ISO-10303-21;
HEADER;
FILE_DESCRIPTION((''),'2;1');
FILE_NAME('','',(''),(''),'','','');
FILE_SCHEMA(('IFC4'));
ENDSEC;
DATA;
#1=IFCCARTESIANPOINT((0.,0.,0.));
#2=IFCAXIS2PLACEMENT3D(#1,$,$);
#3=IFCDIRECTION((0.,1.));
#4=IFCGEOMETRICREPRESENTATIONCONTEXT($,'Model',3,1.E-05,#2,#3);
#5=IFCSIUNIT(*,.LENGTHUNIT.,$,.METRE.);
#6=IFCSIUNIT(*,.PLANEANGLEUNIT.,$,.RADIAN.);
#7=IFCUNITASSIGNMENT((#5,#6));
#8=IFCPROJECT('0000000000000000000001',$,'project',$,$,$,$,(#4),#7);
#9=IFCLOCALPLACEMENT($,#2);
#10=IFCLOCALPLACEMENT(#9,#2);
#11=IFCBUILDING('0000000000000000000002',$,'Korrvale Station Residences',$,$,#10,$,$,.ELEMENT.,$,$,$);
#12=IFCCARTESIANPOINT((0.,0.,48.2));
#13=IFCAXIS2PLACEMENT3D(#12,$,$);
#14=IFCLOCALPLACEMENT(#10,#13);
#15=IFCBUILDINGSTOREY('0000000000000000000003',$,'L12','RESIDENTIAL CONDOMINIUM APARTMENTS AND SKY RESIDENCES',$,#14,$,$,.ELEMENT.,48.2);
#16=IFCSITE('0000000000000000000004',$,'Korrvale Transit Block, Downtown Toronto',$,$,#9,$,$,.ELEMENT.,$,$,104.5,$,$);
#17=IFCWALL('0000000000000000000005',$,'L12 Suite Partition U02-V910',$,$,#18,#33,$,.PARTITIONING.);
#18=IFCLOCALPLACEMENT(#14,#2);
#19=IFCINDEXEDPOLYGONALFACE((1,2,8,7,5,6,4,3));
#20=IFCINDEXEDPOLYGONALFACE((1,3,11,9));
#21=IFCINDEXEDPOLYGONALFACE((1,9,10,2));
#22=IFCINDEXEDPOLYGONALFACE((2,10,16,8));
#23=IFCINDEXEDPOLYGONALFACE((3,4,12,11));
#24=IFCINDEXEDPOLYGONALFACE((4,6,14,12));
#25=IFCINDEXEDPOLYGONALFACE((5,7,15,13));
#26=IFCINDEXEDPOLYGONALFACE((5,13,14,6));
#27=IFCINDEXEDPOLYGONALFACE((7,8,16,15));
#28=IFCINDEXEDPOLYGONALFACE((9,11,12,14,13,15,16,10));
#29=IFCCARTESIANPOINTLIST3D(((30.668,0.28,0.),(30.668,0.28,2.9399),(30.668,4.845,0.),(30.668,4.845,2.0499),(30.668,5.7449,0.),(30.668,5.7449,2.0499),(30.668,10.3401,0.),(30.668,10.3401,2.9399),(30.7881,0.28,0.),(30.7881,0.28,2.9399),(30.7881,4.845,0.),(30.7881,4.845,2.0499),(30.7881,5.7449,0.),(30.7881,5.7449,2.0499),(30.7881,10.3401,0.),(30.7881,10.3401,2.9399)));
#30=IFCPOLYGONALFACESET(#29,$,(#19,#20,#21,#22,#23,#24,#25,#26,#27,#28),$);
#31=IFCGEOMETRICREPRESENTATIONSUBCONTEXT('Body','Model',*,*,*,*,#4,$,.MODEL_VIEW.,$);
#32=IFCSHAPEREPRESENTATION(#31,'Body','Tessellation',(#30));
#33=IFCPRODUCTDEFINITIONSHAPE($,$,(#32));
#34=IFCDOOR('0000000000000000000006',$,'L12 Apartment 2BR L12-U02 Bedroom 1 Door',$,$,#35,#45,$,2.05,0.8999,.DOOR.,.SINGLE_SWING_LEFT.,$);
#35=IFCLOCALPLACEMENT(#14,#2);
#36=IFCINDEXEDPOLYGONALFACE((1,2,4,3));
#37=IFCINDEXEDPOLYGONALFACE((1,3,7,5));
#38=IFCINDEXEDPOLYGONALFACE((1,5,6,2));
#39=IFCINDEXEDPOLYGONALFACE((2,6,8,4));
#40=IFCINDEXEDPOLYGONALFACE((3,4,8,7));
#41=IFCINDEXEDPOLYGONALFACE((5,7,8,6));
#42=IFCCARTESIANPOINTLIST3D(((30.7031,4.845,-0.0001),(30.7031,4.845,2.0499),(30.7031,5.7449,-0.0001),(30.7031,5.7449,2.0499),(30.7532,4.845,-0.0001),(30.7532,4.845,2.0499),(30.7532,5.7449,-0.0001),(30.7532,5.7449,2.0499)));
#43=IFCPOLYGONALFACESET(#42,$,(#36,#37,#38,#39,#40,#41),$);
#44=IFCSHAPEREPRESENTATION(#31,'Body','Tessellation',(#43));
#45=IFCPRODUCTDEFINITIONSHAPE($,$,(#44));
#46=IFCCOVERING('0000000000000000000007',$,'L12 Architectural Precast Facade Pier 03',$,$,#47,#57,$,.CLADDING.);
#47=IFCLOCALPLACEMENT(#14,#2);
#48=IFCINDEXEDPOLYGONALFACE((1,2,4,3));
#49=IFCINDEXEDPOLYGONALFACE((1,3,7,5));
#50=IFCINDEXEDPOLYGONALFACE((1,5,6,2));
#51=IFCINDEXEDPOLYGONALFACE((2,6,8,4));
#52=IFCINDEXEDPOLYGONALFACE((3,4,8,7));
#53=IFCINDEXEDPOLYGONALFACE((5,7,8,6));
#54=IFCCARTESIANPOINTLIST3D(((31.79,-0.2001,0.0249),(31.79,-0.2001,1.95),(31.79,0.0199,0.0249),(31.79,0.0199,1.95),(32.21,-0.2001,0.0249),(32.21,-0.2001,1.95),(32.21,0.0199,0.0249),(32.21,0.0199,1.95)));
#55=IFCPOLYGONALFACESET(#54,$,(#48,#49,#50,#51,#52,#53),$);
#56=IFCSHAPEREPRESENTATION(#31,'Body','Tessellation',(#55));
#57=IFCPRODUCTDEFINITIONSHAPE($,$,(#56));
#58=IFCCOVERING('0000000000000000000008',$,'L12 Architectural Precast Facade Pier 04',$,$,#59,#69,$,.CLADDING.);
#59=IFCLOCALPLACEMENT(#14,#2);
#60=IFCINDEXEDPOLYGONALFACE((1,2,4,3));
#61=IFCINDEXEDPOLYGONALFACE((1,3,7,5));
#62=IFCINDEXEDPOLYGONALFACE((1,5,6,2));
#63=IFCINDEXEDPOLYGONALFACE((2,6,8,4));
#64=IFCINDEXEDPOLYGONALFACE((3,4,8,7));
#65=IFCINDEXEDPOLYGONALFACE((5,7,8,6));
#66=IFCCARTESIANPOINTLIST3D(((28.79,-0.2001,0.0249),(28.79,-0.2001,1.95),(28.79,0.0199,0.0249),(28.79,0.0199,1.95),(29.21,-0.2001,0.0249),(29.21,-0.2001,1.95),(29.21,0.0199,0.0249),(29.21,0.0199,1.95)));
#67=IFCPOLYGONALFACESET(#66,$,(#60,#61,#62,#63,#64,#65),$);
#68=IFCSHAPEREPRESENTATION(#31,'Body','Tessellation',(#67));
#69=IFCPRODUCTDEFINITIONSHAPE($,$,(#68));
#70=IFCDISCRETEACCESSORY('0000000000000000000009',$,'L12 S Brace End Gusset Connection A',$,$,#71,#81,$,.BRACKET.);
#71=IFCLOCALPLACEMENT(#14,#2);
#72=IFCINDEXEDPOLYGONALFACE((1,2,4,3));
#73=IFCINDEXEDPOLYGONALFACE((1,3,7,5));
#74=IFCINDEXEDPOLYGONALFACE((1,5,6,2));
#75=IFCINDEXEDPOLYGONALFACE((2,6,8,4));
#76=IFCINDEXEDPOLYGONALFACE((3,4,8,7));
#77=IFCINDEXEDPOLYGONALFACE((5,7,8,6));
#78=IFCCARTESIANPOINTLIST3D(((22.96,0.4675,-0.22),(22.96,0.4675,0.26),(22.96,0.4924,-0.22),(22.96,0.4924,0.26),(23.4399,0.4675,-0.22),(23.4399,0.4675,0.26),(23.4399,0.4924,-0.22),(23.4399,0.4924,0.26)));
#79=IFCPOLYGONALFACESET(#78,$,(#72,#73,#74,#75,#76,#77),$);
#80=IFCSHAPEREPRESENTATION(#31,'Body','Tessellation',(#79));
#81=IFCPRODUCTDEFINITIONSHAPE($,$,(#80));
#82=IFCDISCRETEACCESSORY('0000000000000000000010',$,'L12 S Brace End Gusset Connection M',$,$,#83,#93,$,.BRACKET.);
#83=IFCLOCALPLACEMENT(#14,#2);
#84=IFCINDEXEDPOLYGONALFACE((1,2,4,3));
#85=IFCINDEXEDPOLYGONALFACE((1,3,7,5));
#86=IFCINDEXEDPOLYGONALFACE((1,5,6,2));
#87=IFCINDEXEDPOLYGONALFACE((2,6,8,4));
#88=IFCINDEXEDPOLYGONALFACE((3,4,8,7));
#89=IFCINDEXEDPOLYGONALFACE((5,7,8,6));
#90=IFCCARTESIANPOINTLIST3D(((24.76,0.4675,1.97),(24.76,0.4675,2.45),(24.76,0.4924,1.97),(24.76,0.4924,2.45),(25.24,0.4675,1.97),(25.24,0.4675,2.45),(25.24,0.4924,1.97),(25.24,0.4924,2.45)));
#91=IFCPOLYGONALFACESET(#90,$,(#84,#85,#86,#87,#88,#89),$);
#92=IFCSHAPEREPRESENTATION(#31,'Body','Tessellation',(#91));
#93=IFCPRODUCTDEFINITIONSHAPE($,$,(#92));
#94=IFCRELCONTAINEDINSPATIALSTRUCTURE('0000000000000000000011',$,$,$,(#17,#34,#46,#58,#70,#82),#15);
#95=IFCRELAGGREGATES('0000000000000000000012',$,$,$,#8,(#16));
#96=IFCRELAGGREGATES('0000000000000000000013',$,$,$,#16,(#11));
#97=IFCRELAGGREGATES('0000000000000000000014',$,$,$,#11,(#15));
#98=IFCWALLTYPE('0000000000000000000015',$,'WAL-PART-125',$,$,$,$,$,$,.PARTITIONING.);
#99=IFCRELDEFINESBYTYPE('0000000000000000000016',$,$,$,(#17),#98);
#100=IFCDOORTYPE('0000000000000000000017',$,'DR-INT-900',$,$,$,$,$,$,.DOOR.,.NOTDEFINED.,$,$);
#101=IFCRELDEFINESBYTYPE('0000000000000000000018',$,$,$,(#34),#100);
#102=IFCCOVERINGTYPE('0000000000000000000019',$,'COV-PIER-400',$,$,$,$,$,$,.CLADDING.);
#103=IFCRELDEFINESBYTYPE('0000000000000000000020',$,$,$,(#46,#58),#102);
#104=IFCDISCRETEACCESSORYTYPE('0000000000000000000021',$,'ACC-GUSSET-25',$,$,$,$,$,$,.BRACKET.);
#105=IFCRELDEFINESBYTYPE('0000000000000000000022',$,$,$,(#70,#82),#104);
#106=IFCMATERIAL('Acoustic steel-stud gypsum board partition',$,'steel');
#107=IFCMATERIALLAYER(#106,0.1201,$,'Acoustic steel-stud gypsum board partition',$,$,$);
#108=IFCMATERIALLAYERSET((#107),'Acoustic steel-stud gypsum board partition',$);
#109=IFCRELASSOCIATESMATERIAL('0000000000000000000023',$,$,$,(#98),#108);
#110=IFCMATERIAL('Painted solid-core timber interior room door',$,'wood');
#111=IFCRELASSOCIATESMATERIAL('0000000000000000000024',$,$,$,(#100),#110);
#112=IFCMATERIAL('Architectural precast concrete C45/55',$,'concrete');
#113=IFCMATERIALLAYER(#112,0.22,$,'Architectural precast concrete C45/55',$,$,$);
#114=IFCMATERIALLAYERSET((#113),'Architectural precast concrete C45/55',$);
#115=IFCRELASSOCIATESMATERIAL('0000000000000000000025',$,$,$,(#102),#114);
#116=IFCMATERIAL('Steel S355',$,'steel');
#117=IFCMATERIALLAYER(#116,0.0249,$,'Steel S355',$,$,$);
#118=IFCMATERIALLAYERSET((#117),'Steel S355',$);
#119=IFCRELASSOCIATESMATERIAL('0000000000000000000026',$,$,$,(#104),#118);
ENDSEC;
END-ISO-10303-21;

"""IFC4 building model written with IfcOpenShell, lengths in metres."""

from ifc_helpers import new_model, si_unit, direction, frame, frame_2d, origin, origin_2d, place, context, subcontext, project, spatial, rectangle, extrude, material, layer, layer_set, type_object, element, fill, save


model = new_model("IFC4")

# Units and contexts
model_context = context("Model", 3, precision=1e-05, world=origin(), true_north=direction((0.0, 1.0)))
body_context = subcontext(model_context, "Body", "Model", "MODEL_VIEW")
ifc_project = project(units=[si_unit("LENGTHUNIT", "METRE"), si_unit("PLANEANGLEUNIT", "RADIAN")], contexts=[model_context])

# Site, building, storey
site_placement = place(None, origin())
site = spatial("IfcSite", under=ifc_project, at=site_placement, Name="Korrvale Transit Block, Downtown Toronto", CompositionType="ELEMENT", RefElevation=104.5)
building_placement = place(site_placement, origin())
building = spatial("IfcBuilding", under=site, at=building_placement, Name="Korrvale Station Residences", CompositionType="ELEMENT")
storey_placement = place(building_placement, frame((0.0, 0.0, 48.2)))
storey = spatial("IfcBuildingStorey", under=building, at=storey_placement, Name="L12", Description="RESIDENTIAL CONDOMINIUM APARTMENTS AND SKY RESIDENCES", CompositionType="ELEMENT", Elevation=48.2)

# Shared definitions
ifc_material_1 = material(Name="Steel S355", Category="steel")

# Wall, opening, door
ifc_material_2 = material(Name="Acoustic steel-stud gypsum board partition", Category="steel")
ifc_layer_1 = layer(ifc_material_2, 0.1201, Name="Acoustic steel-stud gypsum board partition")
ifc_layer_set_1 = layer_set([ifc_layer_1], Name="Acoustic steel-stud gypsum board partition")
wall_type = type_object("IfcWallType", Name="WAL-PART-125", PredefinedType="PARTITIONING", material=ifc_layer_set_1)
ifc_material_3 = material(Name="Painted solid-core timber interior room door", Category="wood")
door_type = type_object("IfcDoorType", Name="DR-INT-900", OperationType="NOTDEFINED", PredefinedType="DOOR", material=ifc_material_3)
wall_1_placement = place(storey_placement, frame((30.728, 0.28, 0.0), z_axis=(0.0, 0.0, 1.0), x_axis=(0.0, 1.0, 0.0)))
wall_1 = element("IfcWall", 1, at=wall_1_placement, inside=storey, type_object=wall_type, Name="L12 Suite Partition U02-V910", PredefinedType="PARTITIONING", context=body_context, shape_type="SweptSolid", body=[
    extrude(rectangle(XDim=10.0601, YDim=0.1201, at=frame_2d((5.03, 0.0))), origin(), (0.0, 0.0, 1.0), 2.9399),
])
opening_1_placement = place(wall_1_placement, frame((4.5649, 0.0, 0.0)))
opening_1 = element("IfcOpeningElement", 2, at=opening_1_placement, cuts=wall_1, PredefinedType="OPENING", context=body_context, shape_type="SweptSolid", body=[
    extrude(rectangle(XDim=0.8999, YDim=2.05, at=frame_2d((0.45, 1.0249))), frame((0.0, 0.0701, 0.0), z_axis=(0.0, -1.0, 0.0), x_axis=(1.0, 0.0, 0.0)), (0.0, 0.0, 1.0), 0.1401),
])
door_1_placement = place(opening_1_placement, origin())
door_1 = element("IfcDoor", 3, at=door_1_placement, inside=storey, type_object=door_type, Name="L12 Apartment 2BR L12-U02 Bedroom 1 Door", OperationType="SINGLE_SWING_LEFT", OverallHeight=2.05, OverallWidth=0.8999, PredefinedType="DOOR", context=body_context, shape_type="SweptSolid", body=[
    extrude(rectangle(XDim=0.8999, YDim=2.05, at=frame_2d((0.45, 1.0249))), frame((0.0, 0.0249, 0.0), z_axis=(0.0, -1.0, 0.0), x_axis=(1.0, 0.0, 0.0)), (0.0, 0.0, 1.0), 0.05),
])
fill(opening_1, door_1)

# Coverings
ifc_material_4 = material(Name="Architectural precast concrete C45/55", Category="concrete")
ifc_layer_2 = layer(ifc_material_4, 0.22, Name="Architectural precast concrete C45/55")
ifc_layer_set_2 = layer_set([ifc_layer_2], Name="Architectural precast concrete C45/55")
covering_type = type_object("IfcCoveringType", Name="COV-PIER-400", PredefinedType="CLADDING", material=ifc_layer_set_2)
for number, where, z_axis, x_axis, name in (
    (4, (32.0, -0.0901, 0.0249), (0.0, 0.0, 1.0), (1.0, 0.0, 0.0), "L12 Architectural Precast Facade Pier 03"),
    (5, (29.0, -0.0901, 0.0249), (0.0, 0.0, 1.0), (1.0, 0.0, 0.0), "L12 Architectural Precast Facade Pier 04"),
):
    element("IfcCovering", number, at=place(storey_placement, frame(where, z_axis=z_axis, x_axis=x_axis)), inside=storey, type_object=covering_type, Name=name, PredefinedType="CLADDING", context=body_context, shape_type="SweptSolid", body=[
        extrude(rectangle(XDim=0.4199, YDim=0.22, at=origin_2d()), origin(), (0.0, 0.0, 1.0), 1.925),
    ])

# Discrete accessories
ifc_layer_3 = layer(ifc_material_1, 0.0249, Name="Steel S355")
ifc_layer_set_3 = layer_set([ifc_layer_3], Name="Steel S355")
discrete_accessory_type = type_object("IfcDiscreteAccessoryType", Name="ACC-GUSSET-25", PredefinedType="BRACKET", material=ifc_layer_set_3)
for number, where, z_axis, x_axis, name in (
    (6, (23.2, 0.48, -0.22), (0.0, 0.0, 1.0), (1.0, 0.0, 0.0), "L12 S Brace End Gusset Connection A"),
    (7, (25.0, 0.48, 1.97), (0.0, 0.0, 1.0), (1.0, 0.0, 0.0), "L12 S Brace End Gusset Connection M"),
):
    element("IfcDiscreteAccessory", number, at=place(storey_placement, frame(where, z_axis=z_axis, x_axis=x_axis)), inside=storey, type_object=discrete_accessory_type, Name=name, PredefinedType="BRACKET", context=body_context, shape_type="SweptSolid", body=[
        extrude(rectangle(XDim=0.48, YDim=0.0249, at=origin_2d()), origin(), (0.0, 0.0, 1.0), 0.48),
    ])

save(model, "model.ifc")
